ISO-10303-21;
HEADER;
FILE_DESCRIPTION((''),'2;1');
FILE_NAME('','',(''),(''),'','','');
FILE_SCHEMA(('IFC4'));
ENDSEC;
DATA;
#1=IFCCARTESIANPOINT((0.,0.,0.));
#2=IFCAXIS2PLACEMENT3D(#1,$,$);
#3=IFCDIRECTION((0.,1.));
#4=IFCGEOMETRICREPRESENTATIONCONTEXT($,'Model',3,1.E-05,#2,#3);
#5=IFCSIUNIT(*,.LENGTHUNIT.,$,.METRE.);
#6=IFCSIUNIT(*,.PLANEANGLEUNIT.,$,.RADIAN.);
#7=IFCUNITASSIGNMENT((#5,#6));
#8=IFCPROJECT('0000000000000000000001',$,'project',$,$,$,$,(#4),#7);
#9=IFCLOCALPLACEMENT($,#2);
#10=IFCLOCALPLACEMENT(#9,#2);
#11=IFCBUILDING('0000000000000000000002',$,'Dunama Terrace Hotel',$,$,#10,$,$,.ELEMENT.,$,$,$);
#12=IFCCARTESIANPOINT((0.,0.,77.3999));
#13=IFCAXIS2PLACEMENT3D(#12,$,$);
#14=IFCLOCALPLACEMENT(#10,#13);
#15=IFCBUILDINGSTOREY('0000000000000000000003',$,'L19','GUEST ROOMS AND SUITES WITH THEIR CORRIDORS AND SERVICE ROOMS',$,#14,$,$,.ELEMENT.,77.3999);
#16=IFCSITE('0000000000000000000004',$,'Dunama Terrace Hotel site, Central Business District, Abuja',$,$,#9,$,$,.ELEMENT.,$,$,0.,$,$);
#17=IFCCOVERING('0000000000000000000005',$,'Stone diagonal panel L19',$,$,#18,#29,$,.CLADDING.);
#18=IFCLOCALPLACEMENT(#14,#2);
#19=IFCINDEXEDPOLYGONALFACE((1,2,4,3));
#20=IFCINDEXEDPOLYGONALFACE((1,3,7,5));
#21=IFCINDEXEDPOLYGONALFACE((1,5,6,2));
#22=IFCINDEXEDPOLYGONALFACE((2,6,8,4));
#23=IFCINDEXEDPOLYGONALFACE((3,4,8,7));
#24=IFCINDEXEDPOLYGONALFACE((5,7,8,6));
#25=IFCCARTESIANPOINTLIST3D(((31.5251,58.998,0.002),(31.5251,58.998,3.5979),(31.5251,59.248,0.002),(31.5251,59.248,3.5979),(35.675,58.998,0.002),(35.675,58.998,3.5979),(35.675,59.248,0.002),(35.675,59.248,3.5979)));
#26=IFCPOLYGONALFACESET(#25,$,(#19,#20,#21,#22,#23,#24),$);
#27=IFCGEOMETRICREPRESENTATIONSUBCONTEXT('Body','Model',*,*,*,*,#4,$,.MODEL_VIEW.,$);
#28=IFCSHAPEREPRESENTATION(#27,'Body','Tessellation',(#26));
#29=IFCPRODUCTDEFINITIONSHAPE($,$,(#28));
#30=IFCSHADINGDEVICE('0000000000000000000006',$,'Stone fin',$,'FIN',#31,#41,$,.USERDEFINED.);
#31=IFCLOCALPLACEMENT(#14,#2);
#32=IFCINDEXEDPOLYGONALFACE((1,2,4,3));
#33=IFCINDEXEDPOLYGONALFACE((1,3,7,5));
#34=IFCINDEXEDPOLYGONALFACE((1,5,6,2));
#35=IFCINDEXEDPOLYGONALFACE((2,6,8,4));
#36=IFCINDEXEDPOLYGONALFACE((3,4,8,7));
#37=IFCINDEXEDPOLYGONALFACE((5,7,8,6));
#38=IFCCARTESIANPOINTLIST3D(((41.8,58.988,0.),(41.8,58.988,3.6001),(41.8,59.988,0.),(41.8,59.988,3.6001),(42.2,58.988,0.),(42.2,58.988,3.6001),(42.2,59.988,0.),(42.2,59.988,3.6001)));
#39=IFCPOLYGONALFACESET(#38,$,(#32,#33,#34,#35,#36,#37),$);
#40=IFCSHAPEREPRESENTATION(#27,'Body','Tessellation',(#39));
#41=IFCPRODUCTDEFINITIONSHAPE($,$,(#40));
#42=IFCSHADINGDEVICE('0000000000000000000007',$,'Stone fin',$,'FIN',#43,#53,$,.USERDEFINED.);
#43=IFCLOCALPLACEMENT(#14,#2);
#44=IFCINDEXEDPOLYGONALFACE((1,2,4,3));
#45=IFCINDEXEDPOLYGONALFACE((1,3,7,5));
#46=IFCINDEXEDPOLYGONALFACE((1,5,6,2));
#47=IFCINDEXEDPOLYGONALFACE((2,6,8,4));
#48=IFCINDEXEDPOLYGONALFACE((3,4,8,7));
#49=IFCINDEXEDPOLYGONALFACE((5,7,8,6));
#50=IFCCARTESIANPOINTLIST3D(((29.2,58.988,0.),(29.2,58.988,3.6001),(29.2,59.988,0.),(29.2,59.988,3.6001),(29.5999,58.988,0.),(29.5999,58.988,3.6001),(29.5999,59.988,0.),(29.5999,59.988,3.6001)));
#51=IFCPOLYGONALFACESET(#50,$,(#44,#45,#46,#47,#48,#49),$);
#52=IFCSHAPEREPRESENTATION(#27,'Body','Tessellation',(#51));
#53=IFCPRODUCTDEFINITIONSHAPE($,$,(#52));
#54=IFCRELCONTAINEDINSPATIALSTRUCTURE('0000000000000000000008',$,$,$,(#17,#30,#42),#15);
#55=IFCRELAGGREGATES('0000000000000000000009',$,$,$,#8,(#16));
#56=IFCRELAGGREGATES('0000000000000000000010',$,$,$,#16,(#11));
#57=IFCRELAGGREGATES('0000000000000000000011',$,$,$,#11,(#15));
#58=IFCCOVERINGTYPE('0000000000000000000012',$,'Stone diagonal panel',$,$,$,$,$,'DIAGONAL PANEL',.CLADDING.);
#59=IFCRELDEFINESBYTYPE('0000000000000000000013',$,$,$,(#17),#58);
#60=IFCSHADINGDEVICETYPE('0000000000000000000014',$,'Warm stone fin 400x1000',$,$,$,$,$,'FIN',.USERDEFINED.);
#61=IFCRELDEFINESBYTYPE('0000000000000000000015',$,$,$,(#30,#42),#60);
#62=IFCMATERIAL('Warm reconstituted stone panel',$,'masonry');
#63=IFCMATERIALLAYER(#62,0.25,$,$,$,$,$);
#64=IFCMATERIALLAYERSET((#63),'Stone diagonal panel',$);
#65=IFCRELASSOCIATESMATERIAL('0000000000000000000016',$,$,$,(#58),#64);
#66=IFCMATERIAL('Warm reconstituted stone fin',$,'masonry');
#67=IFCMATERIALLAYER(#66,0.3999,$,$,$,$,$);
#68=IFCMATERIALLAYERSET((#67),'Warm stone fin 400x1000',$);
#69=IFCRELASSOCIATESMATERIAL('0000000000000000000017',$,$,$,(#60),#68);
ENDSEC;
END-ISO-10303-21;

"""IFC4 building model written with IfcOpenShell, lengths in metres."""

from ifc_helpers import new_model, si_unit, direction, frame, origin, origin_2d, place, context, subcontext, project, spatial, rectangle, extrude, material, layer, layer_set, type_object, element, save


model = new_model("IFC4")

# Units and contexts
model_context = context("Model", 3, precision=1e-05, world=origin(), true_north=direction((0.0, 1.0)))
body_context = subcontext(model_context, "Body", "Model", "MODEL_VIEW")
ifc_project = project(units=[si_unit("LENGTHUNIT", "METRE"), si_unit("PLANEANGLEUNIT", "RADIAN")], contexts=[model_context])

# Site, building, storey
site_placement = place(None, origin())
site = spatial("IfcSite", under=ifc_project, at=site_placement, Name="Dunama Terrace Hotel site, Central Business District, Abuja", CompositionType="ELEMENT", RefElevation=0.0)
building_placement = place(site_placement, origin())
building = spatial("IfcBuilding", under=site, at=building_placement, Name="Dunama Terrace Hotel", CompositionType="ELEMENT")
storey_placement = place(building_placement, frame((0.0, 0.0, 77.3999)))
storey = spatial("IfcBuildingStorey", under=building, at=storey_placement, Name="L19", Description="GUEST ROOMS AND SUITES WITH THEIR CORRIDORS AND SERVICE ROOMS", CompositionType="ELEMENT", Elevation=77.3999)

# Covering
ifc_material_1 = material(Name="Warm reconstituted stone panel", Category="masonry")
ifc_layer_1 = layer(ifc_material_1, 0.25)
ifc_layer_set_1 = layer_set([ifc_layer_1], Name="Stone diagonal panel")
covering_type = type_object("IfcCoveringType", Name="Stone diagonal panel", ElementType="DIAGONAL PANEL", PredefinedType="CLADDING", material=ifc_layer_set_1)
for number, where, z_axis, x_axis, name in (
    (1, (33.6001, 59.123, 0.002), (0.0, 0.0, 1.0), (-1.0, 0.0, 0.0), "Stone diagonal panel L19"),
):
    element("IfcCovering", number, at=place(storey_placement, frame(where, z_axis=z_axis, x_axis=x_axis)), inside=storey, type_object=covering_type, Name=name, PredefinedType="CLADDING", context=body_context, shape_type="SweptSolid", body=[
        extrude(rectangle(XDim=4.1499, YDim=0.25, at=origin_2d()), origin(), (0.0, 0.0, 1.0), 3.5959),
    ])

# Shading devices
ifc_material_2 = material(Name="Warm reconstituted stone fin", Category="masonry")
ifc_layer_2 = layer(ifc_material_2, 0.3999)
ifc_layer_set_2 = layer_set([ifc_layer_2], Name="Warm stone fin 400x1000")
shading_device_type = type_object("IfcShadingDeviceType", Name="Warm stone fin 400x1000", ElementType="FIN", PredefinedType="USERDEFINED", material=ifc_layer_set_2)
for number, where, z_axis, x_axis, name in (
    (2, (42.0, 59.488, 0.0), (0.0, 0.0, 1.0), (-1.0, 0.0, 0.0), "Stone fin"),
    (3, (29.3999, 59.488, 0.0), (0.0, 0.0, 1.0), (-1.0, 0.0, 0.0), "Stone fin"),
):
    element("IfcShadingDevice", number, at=place(storey_placement, frame(where, z_axis=z_axis, x_axis=x_axis)), inside=storey, type_object=shading_device_type, Name=name, ObjectType="FIN", PredefinedType="USERDEFINED", context=body_context, shape_type="SweptSolid", body=[
        extrude(rectangle(XDim=0.3999, YDim=1.0, at=origin_2d()), origin(), (0.0, 0.0, 1.0), 3.6001),
    ])

save(model, "model.ifc")
